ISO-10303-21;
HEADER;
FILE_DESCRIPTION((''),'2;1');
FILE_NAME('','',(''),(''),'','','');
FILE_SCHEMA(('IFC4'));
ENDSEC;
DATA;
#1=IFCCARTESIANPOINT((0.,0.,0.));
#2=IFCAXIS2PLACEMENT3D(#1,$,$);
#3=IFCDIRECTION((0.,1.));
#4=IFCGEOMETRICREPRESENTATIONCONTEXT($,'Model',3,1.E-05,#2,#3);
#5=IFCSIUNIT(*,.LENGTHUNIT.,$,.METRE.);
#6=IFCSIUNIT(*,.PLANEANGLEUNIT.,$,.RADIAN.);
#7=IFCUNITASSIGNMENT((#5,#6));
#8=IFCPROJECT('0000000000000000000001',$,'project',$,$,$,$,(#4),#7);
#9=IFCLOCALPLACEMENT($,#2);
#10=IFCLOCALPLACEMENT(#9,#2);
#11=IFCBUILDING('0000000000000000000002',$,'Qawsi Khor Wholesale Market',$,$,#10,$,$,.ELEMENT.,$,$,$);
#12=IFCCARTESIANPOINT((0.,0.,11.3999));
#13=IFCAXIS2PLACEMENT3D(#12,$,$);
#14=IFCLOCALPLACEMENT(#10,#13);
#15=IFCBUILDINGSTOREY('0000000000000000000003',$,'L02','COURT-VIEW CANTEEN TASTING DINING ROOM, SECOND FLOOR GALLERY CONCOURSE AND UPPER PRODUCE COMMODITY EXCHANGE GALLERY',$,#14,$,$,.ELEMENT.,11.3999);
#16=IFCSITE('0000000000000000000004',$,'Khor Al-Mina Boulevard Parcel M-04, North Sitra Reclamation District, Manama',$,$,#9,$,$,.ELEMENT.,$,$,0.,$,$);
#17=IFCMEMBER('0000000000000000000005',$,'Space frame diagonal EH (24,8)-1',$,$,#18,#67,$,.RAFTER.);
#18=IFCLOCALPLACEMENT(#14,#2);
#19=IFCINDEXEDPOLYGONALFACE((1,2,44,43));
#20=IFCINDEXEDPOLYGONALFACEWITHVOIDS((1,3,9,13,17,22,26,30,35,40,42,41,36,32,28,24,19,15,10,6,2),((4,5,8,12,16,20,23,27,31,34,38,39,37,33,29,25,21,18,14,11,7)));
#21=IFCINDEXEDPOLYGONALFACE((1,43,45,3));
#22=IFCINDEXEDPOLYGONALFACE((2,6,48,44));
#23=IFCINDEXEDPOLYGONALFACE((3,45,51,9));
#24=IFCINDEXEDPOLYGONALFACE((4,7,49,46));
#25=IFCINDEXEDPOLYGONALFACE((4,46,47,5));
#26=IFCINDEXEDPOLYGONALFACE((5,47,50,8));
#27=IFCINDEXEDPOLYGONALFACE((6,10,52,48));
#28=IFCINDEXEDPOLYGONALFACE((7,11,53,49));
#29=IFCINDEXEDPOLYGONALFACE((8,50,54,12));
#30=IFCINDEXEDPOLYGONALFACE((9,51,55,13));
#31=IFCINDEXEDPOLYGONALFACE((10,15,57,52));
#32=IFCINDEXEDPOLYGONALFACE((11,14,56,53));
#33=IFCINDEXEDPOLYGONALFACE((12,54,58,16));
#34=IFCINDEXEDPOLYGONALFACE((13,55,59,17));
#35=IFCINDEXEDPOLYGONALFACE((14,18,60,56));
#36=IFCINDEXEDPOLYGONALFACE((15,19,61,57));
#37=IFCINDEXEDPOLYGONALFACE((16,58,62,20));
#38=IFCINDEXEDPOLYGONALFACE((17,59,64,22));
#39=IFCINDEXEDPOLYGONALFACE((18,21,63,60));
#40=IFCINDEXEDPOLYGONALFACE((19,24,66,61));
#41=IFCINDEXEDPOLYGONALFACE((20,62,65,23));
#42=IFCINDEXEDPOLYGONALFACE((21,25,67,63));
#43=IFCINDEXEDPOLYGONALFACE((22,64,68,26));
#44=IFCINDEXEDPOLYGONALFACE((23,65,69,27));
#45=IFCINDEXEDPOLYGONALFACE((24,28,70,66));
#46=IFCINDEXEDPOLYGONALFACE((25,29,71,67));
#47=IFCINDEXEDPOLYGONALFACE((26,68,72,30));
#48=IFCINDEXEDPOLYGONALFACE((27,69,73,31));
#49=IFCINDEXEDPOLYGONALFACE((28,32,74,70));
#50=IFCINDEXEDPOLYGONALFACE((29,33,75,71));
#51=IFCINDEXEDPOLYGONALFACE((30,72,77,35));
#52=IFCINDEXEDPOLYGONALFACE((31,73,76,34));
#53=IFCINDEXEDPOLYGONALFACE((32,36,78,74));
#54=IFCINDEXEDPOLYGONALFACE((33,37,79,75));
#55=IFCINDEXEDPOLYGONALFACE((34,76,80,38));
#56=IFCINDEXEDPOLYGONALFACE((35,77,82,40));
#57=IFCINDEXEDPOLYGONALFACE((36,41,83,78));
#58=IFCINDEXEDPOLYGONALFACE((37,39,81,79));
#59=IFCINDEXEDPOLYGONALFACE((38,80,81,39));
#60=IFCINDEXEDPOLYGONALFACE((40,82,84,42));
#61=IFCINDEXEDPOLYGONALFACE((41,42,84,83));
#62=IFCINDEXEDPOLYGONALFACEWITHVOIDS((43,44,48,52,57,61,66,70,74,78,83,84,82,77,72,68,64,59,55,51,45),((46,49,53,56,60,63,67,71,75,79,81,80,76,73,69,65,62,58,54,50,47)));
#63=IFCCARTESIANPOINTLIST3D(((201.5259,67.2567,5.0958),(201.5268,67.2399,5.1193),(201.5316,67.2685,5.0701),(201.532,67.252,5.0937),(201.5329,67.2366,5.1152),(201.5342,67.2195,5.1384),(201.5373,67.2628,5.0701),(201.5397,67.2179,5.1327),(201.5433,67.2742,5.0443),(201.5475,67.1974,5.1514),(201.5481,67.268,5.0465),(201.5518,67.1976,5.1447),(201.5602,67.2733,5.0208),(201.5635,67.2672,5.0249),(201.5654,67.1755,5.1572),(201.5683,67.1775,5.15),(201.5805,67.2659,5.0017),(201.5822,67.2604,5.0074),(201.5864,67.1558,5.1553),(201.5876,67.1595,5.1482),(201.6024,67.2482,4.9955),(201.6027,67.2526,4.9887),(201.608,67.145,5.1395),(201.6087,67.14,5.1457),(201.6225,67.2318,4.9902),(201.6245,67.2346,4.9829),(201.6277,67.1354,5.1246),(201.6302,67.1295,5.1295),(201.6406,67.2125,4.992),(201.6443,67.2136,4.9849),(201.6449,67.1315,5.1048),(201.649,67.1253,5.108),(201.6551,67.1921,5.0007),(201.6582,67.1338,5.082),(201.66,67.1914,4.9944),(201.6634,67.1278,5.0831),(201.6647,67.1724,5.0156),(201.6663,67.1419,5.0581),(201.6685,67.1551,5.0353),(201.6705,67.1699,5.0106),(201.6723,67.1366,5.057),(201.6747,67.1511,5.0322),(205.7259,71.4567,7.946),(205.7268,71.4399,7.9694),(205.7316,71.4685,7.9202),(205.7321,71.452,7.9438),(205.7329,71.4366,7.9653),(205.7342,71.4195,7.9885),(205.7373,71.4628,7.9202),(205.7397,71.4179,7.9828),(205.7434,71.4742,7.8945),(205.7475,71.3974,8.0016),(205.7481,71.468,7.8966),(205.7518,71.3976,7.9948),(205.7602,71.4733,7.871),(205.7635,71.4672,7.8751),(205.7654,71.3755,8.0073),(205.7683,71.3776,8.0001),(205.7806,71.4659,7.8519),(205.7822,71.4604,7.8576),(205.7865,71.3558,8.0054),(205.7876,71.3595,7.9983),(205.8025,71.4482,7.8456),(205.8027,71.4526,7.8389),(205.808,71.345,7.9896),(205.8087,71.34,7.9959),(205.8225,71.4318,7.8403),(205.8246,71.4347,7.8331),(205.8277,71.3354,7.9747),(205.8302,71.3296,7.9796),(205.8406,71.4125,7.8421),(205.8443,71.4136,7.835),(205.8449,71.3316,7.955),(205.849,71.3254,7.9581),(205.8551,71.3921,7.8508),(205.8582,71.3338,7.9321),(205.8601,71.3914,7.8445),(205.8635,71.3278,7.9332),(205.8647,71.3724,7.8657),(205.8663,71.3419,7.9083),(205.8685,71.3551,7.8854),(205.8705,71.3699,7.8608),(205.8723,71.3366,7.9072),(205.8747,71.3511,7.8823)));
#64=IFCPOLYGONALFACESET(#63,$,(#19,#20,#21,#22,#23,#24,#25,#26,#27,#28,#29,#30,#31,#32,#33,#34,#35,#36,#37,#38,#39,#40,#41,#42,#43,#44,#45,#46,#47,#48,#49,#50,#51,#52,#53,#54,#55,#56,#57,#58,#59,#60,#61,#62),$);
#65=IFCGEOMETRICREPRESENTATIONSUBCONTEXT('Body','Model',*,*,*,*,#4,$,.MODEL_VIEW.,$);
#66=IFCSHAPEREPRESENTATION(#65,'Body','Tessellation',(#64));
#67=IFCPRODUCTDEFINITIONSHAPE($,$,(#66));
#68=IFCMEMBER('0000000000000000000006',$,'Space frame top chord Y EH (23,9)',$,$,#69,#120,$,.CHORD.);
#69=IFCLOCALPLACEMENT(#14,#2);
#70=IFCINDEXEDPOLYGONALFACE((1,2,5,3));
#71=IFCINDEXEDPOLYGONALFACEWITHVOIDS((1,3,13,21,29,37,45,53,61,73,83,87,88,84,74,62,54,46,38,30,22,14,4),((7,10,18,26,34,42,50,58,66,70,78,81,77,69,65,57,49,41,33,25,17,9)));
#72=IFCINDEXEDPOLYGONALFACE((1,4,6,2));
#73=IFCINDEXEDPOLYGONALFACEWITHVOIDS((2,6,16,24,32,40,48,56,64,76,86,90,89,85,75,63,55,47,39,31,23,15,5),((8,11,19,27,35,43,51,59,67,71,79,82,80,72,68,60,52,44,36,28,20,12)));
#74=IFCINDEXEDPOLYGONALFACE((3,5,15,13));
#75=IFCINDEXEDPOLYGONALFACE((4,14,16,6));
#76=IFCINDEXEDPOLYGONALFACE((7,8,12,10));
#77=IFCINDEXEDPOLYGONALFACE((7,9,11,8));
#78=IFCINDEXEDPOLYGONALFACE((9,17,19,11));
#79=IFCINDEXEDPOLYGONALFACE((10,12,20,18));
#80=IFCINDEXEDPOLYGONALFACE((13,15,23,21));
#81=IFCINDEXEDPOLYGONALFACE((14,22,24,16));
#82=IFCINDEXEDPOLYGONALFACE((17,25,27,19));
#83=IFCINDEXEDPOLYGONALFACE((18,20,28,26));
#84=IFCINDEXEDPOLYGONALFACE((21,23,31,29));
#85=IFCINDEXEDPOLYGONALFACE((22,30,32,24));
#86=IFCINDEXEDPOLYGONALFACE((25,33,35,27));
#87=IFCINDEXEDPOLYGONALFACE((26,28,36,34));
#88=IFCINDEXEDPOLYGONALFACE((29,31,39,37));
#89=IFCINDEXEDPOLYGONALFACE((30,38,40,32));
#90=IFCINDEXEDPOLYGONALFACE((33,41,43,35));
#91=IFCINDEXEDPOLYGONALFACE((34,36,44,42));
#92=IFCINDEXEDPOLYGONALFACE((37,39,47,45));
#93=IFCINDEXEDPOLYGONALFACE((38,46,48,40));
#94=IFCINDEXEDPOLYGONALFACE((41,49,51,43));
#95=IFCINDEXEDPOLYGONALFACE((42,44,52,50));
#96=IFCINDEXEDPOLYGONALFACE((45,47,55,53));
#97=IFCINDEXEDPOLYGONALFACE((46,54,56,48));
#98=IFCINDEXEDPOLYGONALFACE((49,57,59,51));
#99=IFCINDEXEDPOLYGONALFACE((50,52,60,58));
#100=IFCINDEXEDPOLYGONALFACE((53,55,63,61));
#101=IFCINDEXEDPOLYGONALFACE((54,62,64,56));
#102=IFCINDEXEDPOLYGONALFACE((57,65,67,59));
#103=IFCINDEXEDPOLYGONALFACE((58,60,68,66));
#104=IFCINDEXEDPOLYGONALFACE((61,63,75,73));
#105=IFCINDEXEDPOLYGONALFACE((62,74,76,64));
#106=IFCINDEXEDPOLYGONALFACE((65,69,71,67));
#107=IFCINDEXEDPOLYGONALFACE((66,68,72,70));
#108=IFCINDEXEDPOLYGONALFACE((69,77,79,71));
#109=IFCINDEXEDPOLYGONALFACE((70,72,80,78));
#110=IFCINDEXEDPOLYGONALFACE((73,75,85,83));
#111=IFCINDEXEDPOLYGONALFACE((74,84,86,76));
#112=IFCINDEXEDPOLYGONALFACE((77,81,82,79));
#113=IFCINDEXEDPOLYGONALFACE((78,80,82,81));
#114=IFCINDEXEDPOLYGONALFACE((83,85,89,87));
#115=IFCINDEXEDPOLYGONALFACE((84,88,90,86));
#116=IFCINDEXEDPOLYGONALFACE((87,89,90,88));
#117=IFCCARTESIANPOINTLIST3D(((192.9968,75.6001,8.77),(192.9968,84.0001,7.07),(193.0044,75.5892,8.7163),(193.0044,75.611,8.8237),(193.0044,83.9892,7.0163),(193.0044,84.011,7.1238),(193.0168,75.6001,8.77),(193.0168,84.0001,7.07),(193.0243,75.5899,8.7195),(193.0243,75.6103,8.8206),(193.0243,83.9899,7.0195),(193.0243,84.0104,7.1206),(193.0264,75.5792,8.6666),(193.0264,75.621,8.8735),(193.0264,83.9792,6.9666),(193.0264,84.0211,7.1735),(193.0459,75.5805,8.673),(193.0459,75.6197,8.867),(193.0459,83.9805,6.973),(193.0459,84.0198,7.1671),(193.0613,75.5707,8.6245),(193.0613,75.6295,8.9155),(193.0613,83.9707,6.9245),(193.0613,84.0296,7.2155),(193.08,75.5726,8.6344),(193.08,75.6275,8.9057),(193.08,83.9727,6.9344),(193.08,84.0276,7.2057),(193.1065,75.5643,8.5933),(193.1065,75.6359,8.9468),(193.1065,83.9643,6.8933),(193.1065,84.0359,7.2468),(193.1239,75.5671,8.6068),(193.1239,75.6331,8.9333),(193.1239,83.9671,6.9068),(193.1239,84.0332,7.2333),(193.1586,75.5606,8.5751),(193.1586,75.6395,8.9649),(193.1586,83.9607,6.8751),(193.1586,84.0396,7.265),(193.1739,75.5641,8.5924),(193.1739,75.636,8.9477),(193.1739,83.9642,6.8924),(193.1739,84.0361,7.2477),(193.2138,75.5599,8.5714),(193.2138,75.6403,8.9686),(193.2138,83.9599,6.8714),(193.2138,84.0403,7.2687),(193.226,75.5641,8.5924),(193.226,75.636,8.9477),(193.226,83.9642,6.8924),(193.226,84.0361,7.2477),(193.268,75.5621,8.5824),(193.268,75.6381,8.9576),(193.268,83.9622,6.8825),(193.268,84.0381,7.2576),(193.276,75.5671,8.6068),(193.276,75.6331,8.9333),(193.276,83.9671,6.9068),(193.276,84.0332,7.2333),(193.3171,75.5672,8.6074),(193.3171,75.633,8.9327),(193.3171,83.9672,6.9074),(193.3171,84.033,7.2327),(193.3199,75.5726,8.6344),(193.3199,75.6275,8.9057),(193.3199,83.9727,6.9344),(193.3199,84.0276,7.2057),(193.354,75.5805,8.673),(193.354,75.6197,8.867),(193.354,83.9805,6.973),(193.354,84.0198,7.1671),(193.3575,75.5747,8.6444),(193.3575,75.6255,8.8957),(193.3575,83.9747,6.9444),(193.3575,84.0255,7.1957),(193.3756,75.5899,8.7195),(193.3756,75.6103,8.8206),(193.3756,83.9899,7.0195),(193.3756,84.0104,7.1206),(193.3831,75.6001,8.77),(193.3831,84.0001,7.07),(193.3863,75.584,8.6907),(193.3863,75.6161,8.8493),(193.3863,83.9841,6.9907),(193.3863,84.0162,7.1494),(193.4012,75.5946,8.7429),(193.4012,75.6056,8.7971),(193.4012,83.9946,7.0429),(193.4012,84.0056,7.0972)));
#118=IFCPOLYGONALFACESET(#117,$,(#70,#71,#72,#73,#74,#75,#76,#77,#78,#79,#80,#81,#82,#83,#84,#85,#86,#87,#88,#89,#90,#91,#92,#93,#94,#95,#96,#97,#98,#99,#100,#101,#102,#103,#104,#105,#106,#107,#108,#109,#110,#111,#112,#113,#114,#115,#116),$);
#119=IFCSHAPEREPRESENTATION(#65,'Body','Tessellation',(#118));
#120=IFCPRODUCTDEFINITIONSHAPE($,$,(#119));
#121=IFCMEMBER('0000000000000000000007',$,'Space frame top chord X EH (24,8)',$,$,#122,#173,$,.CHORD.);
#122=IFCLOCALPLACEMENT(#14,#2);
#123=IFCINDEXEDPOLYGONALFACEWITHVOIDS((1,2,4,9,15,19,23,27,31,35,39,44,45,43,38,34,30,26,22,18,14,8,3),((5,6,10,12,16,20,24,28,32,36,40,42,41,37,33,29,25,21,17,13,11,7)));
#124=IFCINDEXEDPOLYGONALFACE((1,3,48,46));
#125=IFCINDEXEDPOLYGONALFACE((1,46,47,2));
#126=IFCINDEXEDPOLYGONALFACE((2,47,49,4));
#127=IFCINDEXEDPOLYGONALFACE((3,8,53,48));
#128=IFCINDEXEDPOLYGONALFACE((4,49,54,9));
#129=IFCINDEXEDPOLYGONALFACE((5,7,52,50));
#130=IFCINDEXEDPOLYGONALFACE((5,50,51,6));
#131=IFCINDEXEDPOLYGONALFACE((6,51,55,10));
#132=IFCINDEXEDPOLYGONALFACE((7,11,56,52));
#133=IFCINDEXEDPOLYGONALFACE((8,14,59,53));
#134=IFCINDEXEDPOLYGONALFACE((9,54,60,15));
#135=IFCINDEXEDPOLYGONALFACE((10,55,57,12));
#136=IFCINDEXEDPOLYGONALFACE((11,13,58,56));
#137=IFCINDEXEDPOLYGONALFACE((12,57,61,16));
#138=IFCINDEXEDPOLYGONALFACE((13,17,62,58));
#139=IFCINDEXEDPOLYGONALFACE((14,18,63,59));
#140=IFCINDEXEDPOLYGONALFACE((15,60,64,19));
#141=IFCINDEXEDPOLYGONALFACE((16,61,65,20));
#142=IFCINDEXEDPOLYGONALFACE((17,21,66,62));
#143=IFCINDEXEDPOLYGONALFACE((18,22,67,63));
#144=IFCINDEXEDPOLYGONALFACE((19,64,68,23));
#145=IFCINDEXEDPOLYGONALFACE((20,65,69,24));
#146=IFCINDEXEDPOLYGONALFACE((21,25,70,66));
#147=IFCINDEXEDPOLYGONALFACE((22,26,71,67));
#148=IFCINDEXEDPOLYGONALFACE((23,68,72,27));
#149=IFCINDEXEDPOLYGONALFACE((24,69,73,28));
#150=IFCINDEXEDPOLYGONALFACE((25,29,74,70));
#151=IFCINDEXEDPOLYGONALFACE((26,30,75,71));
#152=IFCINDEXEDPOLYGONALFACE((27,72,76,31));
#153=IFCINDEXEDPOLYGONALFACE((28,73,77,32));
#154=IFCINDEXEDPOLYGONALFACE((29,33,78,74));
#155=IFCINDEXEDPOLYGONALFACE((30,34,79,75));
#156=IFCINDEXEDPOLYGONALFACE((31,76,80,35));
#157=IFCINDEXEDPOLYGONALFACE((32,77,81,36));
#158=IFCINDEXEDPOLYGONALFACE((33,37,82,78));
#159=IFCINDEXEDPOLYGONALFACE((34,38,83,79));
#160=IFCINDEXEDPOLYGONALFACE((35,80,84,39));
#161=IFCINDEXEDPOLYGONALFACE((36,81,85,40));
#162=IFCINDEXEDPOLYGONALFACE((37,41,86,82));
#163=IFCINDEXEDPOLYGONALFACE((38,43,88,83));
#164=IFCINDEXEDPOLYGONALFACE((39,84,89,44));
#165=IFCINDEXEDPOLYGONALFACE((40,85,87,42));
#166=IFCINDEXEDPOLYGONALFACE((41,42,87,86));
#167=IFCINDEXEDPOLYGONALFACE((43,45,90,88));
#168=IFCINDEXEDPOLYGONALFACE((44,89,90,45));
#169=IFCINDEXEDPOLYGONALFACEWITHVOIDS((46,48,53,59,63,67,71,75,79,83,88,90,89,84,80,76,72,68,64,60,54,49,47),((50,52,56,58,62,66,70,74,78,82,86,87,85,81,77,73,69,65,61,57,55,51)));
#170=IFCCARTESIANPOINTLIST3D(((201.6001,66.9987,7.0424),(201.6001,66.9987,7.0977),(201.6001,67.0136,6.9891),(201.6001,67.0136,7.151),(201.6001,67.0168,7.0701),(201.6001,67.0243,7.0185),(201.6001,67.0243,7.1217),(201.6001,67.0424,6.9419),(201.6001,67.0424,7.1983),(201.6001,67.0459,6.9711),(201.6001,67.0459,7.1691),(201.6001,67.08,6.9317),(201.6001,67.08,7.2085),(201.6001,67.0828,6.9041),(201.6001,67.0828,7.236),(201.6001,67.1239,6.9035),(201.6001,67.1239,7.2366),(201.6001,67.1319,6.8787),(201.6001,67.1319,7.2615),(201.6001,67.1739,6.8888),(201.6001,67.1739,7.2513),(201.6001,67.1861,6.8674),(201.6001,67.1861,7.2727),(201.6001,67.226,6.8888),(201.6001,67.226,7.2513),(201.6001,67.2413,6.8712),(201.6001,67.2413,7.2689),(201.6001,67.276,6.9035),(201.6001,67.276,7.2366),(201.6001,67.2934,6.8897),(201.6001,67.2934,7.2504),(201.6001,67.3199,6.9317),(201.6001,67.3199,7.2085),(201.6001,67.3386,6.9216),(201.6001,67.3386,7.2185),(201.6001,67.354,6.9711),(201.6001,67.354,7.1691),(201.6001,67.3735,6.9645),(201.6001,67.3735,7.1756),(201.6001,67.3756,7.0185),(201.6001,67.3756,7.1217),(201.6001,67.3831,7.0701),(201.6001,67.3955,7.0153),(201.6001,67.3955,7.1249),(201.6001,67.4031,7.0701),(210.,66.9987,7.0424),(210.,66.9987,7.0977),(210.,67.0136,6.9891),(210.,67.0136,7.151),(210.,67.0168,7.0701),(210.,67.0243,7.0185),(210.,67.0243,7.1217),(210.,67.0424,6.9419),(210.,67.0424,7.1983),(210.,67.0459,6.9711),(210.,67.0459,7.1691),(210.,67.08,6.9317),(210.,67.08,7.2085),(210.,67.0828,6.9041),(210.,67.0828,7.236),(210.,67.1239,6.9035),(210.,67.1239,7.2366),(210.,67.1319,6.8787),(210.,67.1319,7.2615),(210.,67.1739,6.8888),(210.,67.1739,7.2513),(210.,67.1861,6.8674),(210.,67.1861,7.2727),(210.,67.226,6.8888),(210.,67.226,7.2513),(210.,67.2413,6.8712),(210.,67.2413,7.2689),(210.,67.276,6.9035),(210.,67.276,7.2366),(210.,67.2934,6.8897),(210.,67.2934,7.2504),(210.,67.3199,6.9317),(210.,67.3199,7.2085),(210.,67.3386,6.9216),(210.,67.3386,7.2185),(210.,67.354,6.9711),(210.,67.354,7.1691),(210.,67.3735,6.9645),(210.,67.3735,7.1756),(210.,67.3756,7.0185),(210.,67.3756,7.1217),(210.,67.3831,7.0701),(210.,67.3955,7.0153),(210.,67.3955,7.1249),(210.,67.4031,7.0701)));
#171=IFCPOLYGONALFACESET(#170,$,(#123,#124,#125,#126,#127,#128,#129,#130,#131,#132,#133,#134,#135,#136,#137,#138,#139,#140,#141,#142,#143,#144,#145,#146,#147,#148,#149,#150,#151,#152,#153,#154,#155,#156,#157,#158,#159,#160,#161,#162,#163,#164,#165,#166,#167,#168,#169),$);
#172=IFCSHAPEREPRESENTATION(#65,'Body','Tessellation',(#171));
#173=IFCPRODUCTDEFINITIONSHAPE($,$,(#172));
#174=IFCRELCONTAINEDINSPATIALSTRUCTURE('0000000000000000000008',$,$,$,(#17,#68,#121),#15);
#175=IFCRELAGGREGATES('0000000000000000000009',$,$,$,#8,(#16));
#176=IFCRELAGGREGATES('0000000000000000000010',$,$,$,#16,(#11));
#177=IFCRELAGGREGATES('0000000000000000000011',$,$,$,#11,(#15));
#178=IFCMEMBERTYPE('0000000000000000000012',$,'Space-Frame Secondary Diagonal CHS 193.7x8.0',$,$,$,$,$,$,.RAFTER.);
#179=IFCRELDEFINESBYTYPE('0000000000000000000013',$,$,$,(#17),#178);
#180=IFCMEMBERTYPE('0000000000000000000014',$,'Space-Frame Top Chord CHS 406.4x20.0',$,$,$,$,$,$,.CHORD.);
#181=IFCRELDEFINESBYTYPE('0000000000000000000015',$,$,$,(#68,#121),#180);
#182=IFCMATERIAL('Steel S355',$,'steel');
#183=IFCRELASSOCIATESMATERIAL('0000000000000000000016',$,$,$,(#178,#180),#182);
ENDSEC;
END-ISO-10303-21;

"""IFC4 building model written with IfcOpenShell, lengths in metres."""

from ifc_helpers import new_model, si_unit, direction, frame, origin, origin_2d, place, context, subcontext, project, spatial, hollow_circle, extrude, material, material_profile, profile_set, type_object, element, save


model = new_model("IFC4")

# Units and contexts
model_context = context("Model", 3, precision=1e-05, world=origin(), true_north=direction((0.0, 1.0)))
body_context = subcontext(model_context, "Body", "Model", "MODEL_VIEW")
ifc_project = project(units=[si_unit("LENGTHUNIT", "METRE"), si_unit("PLANEANGLEUNIT", "RADIAN")], contexts=[model_context])

# Site, building, storey
site_placement = place(None, origin())
site = spatial("IfcSite", under=ifc_project, at=site_placement, Name="Khor Al-Mina Boulevard Parcel M-04, North Sitra Reclamation District, Manama", CompositionType="ELEMENT", RefElevation=0.0)
building_placement = place(site_placement, origin())
building = spatial("IfcBuilding", under=site, at=building_placement, Name="Qawsi Khor Wholesale Market", CompositionType="ELEMENT")
storey_placement = place(building_placement, frame((0.0, 0.0, 11.3999)))
storey = spatial("IfcBuildingStorey", under=building, at=storey_placement, Name="L02", Description="COURT-VIEW CANTEEN TASTING DINING ROOM, SECOND FLOOR GALLERY CONCOURSE AND UPPER PRODUCE COMMODITY EXCHANGE GALLERY", CompositionType="ELEMENT", Elevation=11.3999)

# Members
ifc_material_1 = material(Name="Steel S355", Category="steel")
ifc_material_profile_1 = material_profile(ifc_material_1, hollow_circle(Radius=0.0969, WallThickness=0.0081, at=origin_2d()), Name="CHS 193.7x8.0")
ifc_profile_set_1 = profile_set([ifc_material_profile_1], Name="Steel S355")
member_type_1 = type_object("IfcMemberType", Name="Space-Frame Secondary Diagonal CHS 193.7x8.0", PredefinedType="RAFTER", material=ifc_profile_set_1)
member_1_placement = place(storey_placement, frame((201.6001, 67.2, 5.0701), z_axis=(0.637512, 0.637512, 0.432617), x_axis=(-0.707107, 0.707107, 0.0)))
element("IfcMember", 1, at=member_1_placement, inside=storey, type_object=member_type_1, Name="Space frame diagonal EH (24,8)-1", PredefinedType="RAFTER", context=body_context, shape_type="SweptSolid", body=[
    extrude(hollow_circle(Radius=0.0969, WallThickness=0.0081, at=origin_2d()), origin(), (0.0, 0.0, 1.0), 6.5881),
])
ifc_material_profile_2 = material_profile(ifc_material_1, hollow_circle(Radius=0.2031, WallThickness=0.02, at=origin_2d()), Name="CHS 406.4x20.0")
ifc_profile_set_2 = profile_set([ifc_material_profile_2], Name="Steel S355")
member_type_2 = type_object("IfcMemberType", Name="Space-Frame Top Chord CHS 406.4x20.0", PredefinedType="CHORD", material=ifc_profile_set_2)
member_2_placement = place(storey_placement, frame((193.2, 75.6001, 8.77), z_axis=(0.0, 0.98013, -0.198356), x_axis=(-1.0, 0.0, 0.0)))
element("IfcMember", 2, at=member_2_placement, inside=storey, type_object=member_type_2, Name="Space frame top chord Y EH (23,9)", PredefinedType="CHORD", context=body_context, shape_type="SweptSolid", body=[
    extrude(hollow_circle(Radius=0.2031, WallThickness=0.02, at=origin_2d()), origin(), (0.0, 0.0, 1.0), 8.5703),
])
member_3_placement = place(storey_placement, frame((201.6001, 67.2, 7.0701), z_axis=(1.0, 0.0, 0.0), x_axis=(0.0, 1.0, 0.0)))
element("IfcMember", 3, at=member_3_placement, inside=storey, type_object=member_type_2, Name="Space frame top chord X EH (24,8)", PredefinedType="CHORD", context=body_context, shape_type="SweptSolid", body=[
    extrude(hollow_circle(Radius=0.2031, WallThickness=0.02, at=origin_2d()), origin(), (0.0, 0.0, 1.0), 8.3999),
])

save(model, "model.ifc")
